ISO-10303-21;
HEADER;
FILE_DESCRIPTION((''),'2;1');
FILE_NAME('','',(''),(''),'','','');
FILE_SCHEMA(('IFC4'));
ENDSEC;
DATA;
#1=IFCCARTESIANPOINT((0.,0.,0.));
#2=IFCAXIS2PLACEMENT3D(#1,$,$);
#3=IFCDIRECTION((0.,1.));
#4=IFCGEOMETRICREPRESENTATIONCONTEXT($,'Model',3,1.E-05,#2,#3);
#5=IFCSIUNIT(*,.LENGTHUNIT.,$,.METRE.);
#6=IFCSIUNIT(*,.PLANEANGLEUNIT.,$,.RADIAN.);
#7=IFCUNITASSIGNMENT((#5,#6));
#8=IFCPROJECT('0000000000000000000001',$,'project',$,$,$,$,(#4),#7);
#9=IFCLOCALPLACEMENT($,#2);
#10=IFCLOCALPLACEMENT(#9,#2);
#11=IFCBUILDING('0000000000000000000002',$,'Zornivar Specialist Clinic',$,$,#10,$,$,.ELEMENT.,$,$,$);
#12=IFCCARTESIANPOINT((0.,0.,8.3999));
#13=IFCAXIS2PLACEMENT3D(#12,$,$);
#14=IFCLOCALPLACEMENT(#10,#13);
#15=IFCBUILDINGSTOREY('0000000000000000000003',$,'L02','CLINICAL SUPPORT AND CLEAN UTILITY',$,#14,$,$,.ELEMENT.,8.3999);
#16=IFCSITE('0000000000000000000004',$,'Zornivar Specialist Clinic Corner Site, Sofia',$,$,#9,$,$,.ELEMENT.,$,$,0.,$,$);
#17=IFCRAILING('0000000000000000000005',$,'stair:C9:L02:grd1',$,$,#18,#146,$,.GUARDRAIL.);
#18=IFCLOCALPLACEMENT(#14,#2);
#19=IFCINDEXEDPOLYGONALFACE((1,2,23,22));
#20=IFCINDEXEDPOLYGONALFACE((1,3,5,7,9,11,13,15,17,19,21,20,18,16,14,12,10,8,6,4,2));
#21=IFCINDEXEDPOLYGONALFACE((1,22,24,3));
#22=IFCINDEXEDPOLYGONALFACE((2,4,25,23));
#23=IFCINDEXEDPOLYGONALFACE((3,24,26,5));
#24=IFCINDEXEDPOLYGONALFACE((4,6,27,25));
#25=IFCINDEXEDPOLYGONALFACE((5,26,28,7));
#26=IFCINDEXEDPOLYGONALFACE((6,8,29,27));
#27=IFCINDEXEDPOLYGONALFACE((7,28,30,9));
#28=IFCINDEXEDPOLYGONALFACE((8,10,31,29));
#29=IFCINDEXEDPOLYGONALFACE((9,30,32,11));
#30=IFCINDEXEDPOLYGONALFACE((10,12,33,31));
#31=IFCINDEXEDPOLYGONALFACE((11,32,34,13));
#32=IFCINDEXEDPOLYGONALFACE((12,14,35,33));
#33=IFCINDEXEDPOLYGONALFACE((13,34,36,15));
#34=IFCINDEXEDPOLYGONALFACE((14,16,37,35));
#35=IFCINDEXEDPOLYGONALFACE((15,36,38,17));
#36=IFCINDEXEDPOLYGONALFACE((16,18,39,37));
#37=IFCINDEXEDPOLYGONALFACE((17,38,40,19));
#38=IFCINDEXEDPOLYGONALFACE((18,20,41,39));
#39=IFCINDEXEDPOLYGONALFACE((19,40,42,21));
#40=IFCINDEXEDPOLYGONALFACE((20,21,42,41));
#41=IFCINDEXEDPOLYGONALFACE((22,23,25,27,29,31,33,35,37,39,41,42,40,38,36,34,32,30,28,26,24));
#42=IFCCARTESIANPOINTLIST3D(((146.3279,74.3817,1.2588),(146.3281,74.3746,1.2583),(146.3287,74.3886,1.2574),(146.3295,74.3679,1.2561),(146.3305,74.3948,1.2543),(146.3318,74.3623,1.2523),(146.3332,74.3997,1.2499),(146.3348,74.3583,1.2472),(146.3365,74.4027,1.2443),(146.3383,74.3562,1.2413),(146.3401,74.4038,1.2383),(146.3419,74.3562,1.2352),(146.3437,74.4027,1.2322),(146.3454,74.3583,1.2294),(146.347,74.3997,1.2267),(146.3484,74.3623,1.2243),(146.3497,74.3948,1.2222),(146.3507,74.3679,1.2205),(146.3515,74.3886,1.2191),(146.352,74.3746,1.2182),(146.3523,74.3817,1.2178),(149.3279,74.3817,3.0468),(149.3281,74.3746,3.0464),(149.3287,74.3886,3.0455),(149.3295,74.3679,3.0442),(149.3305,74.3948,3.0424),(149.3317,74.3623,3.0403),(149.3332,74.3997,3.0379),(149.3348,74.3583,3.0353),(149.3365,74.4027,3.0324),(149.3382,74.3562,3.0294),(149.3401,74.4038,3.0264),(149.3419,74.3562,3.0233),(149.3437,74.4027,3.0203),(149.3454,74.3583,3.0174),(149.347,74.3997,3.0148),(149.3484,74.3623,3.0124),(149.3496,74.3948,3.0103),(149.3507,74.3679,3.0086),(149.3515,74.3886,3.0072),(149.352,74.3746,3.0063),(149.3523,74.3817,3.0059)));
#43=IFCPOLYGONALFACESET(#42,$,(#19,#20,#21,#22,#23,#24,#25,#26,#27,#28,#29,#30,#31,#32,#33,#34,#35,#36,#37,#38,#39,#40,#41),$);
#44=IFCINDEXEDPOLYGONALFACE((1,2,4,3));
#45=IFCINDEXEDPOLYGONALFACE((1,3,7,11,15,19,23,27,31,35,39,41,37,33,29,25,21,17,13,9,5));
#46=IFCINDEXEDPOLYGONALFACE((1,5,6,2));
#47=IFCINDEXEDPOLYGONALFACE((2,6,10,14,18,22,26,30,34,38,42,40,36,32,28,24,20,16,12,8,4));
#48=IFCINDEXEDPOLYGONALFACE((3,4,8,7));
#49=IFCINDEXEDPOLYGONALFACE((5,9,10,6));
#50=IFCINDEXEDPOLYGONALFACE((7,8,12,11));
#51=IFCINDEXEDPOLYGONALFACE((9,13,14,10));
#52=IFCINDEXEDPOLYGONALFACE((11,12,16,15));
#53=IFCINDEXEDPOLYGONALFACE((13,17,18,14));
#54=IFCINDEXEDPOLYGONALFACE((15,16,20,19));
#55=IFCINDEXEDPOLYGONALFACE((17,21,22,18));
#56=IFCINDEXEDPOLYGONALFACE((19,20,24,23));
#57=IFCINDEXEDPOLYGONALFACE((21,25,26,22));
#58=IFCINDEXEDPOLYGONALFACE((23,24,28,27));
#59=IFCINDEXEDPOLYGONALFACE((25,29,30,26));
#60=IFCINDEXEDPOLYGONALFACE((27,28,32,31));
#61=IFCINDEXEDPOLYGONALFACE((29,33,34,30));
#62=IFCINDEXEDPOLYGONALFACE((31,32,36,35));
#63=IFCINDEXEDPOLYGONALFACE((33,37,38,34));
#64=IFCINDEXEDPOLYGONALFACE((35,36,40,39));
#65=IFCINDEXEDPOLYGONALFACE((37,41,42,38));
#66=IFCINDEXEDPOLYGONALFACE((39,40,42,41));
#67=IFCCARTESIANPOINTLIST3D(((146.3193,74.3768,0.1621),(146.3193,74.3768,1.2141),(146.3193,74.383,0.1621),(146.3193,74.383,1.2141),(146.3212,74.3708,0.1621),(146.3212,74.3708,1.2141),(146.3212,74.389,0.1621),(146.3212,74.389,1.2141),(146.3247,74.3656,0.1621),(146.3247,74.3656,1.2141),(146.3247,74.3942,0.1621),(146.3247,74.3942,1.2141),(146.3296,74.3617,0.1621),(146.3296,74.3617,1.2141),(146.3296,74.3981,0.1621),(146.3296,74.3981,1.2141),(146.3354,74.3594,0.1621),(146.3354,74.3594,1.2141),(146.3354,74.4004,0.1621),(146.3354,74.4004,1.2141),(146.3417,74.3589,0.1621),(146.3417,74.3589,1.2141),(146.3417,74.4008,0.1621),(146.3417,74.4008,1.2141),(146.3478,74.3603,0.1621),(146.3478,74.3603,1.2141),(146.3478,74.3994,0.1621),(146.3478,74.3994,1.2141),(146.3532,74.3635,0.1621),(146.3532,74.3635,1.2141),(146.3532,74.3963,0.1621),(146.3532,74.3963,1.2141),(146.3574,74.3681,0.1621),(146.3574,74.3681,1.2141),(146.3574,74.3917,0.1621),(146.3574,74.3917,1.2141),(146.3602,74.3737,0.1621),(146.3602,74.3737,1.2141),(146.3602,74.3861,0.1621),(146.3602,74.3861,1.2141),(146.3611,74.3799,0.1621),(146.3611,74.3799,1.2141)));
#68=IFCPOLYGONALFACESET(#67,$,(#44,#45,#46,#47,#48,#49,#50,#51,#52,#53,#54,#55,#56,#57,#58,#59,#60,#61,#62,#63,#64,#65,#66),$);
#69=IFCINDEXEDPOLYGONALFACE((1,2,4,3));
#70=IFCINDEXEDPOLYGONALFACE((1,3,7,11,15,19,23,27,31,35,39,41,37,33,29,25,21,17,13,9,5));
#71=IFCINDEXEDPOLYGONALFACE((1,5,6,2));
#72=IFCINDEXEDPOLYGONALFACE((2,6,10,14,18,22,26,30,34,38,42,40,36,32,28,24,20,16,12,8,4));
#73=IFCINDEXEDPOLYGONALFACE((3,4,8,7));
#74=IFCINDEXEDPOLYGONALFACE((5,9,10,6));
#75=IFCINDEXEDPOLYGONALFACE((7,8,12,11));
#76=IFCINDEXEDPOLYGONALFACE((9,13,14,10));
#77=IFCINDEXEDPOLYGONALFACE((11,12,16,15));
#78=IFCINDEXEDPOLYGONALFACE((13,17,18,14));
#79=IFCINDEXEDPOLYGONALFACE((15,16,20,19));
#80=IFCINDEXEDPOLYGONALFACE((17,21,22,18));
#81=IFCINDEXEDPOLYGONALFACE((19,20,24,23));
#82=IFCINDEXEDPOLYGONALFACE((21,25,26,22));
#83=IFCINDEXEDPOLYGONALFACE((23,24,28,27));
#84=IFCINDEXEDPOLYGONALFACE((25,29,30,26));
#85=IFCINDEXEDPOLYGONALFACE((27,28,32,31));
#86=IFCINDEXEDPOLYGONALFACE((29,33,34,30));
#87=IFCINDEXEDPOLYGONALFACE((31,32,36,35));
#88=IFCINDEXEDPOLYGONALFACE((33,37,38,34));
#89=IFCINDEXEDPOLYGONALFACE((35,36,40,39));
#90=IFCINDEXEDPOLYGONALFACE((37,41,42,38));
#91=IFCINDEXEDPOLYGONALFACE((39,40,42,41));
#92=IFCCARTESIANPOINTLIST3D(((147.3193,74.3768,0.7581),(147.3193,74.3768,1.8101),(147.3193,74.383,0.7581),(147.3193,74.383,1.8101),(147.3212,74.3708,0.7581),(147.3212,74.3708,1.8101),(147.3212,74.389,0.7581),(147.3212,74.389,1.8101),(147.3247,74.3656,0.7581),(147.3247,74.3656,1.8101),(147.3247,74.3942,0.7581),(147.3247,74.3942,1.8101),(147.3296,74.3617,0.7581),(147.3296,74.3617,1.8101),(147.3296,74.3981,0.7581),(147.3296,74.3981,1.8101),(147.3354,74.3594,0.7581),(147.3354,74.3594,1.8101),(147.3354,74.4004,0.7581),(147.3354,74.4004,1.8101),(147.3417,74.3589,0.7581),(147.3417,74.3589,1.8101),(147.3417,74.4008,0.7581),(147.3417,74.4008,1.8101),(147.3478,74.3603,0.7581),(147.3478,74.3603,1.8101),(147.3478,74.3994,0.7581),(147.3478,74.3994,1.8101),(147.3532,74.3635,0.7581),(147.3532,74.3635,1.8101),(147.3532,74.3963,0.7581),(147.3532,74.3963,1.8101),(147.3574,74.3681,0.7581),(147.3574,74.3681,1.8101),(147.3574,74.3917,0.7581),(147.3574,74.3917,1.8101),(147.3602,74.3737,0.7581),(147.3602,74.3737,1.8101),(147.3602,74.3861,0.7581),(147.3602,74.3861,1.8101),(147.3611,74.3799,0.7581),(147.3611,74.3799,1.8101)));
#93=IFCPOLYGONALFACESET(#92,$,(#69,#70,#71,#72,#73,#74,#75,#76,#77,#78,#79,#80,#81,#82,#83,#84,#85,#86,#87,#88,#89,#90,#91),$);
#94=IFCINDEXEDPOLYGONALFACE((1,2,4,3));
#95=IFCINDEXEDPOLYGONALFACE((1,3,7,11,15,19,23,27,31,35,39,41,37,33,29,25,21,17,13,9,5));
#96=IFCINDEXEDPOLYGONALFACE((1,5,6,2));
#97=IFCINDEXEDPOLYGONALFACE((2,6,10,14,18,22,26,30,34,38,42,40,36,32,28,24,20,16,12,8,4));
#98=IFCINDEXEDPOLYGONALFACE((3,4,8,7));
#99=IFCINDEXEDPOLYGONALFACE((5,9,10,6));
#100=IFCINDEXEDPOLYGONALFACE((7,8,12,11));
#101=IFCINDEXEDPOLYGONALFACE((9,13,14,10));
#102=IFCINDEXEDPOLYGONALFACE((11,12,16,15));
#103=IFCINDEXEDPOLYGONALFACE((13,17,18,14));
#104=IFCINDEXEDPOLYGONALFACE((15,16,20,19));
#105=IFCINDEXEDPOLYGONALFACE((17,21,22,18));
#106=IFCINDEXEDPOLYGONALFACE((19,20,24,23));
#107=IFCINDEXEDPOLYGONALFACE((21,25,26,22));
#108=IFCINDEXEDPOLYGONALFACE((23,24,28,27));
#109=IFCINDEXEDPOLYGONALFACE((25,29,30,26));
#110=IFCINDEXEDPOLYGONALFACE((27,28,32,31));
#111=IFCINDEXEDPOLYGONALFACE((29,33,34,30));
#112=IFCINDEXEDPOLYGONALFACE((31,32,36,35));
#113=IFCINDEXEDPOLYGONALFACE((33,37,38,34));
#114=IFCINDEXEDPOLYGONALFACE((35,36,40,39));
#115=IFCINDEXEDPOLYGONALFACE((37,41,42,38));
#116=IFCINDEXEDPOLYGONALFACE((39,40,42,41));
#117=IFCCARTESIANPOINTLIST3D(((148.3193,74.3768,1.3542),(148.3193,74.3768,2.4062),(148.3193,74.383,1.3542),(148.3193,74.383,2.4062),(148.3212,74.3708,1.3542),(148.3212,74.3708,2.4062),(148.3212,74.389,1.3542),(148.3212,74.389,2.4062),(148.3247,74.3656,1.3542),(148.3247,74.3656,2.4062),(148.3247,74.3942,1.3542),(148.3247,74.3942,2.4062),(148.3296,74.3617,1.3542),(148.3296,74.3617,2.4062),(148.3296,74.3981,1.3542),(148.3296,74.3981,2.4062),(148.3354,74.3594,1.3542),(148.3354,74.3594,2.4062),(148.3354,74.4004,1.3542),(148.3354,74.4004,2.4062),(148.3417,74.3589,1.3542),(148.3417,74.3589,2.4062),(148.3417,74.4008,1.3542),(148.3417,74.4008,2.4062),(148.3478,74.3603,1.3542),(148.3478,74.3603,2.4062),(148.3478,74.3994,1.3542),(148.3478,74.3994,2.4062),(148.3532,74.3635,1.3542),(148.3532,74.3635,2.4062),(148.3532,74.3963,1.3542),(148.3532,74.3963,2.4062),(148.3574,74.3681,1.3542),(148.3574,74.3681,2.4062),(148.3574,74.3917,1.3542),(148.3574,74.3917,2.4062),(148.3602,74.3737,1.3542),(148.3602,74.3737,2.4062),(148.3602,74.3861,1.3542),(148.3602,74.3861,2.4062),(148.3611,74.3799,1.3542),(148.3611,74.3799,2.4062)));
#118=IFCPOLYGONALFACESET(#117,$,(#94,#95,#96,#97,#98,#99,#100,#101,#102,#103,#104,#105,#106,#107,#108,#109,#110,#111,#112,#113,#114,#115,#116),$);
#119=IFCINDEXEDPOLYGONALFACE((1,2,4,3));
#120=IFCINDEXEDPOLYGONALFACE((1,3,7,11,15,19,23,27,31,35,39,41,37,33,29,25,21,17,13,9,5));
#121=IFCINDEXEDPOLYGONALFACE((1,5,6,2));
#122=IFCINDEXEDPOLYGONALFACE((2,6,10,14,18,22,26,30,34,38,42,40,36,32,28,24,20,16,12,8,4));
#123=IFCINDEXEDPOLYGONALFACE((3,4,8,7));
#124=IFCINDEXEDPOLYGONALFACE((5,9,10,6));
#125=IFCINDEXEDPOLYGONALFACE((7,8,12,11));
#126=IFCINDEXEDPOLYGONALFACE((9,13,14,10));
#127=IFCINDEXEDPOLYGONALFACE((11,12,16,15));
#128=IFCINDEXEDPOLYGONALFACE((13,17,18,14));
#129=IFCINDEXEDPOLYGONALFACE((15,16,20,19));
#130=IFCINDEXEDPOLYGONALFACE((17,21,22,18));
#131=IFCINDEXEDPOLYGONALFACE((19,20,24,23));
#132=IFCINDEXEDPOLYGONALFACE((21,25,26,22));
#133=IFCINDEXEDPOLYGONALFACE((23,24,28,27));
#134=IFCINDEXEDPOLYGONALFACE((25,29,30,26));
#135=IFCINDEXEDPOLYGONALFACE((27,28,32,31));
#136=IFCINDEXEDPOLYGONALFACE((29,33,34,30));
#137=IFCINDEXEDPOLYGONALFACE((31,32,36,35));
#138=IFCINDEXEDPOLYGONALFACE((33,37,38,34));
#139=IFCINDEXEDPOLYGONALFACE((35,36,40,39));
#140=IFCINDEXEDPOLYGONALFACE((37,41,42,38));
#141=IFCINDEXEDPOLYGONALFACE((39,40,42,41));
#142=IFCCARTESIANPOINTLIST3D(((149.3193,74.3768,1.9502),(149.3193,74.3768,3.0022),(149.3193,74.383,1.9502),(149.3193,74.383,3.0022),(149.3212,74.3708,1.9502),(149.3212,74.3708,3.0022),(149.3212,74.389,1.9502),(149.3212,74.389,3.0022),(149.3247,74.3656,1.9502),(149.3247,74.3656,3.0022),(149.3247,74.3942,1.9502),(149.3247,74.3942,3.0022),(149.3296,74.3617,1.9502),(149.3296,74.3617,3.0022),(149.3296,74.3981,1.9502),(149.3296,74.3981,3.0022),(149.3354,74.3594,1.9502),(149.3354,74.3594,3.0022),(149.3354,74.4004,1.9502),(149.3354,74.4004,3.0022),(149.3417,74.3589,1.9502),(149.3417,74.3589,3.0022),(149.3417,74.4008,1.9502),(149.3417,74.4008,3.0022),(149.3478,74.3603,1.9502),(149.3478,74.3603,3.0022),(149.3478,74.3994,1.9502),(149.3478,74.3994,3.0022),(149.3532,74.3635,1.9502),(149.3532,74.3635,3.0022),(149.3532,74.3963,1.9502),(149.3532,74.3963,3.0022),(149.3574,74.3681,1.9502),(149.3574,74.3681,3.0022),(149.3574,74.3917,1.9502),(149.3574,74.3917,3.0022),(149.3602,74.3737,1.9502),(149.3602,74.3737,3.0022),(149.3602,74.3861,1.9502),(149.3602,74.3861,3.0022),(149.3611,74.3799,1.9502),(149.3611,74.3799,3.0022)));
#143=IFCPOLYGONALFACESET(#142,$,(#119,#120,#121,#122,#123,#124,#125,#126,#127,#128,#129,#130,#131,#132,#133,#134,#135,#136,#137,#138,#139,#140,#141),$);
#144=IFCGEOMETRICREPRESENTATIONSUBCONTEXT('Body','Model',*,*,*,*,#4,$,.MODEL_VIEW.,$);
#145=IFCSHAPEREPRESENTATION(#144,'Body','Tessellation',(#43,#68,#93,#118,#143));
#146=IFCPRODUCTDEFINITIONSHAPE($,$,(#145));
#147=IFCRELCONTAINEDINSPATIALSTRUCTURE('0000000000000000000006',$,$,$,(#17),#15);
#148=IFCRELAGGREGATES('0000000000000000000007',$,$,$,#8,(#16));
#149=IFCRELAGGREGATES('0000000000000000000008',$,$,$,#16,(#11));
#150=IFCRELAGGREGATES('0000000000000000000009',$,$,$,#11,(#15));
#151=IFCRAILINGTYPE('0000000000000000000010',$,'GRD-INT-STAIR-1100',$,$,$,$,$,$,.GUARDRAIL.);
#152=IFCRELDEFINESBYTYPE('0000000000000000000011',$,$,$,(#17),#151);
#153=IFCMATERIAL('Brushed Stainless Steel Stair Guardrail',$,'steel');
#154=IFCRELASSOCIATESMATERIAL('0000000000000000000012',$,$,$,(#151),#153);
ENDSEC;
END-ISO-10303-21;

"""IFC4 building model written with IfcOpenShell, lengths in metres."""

from ifc_helpers import new_model, si_unit, direction, frame, origin, origin_2d, place, context, subcontext, project, spatial, circle, extrude, material, type_object, element, save


model = new_model("IFC4")

# Units and contexts
model_context = context("Model", 3, precision=1e-05, world=origin(), true_north=direction((0.0, 1.0)))
body_context = subcontext(model_context, "Body", "Model", "MODEL_VIEW")
ifc_project = project(units=[si_unit("LENGTHUNIT", "METRE"), si_unit("PLANEANGLEUNIT", "RADIAN")], contexts=[model_context])

# Site, building, storey
site_placement = place(None, origin())
site = spatial("IfcSite", under=ifc_project, at=site_placement, Name="Zornivar Specialist Clinic Corner Site, Sofia", CompositionType="ELEMENT", RefElevation=0.0)
building_placement = place(site_placement, origin())
building = spatial("IfcBuilding", under=site, at=building_placement, Name="Zornivar Specialist Clinic", CompositionType="ELEMENT")
storey_placement = place(building_placement, frame((0.0, 0.0, 8.3999)))
storey = spatial("IfcBuildingStorey", under=building, at=storey_placement, Name="L02", Description="CLINICAL SUPPORT AND CLEAN UTILITY", CompositionType="ELEMENT", Elevation=8.3999)

# Railing
ifc_material_1 = material(Name="Brushed Stainless Steel Stair Guardrail", Category="steel")
railing_type = type_object("IfcRailingType", Name="GRD-INT-STAIR-1100", PredefinedType="GUARDRAIL", material=ifc_material_1)
railing_1_placement = place(storey_placement, frame((146.3401, 74.3799, 0.1621)))
element("IfcRailing", 1, at=railing_1_placement, inside=storey, type_object=railing_type, Name="stair:C9:L02:grd1", PredefinedType="GUARDRAIL", context=body_context, shape_type="SweptSolid", body=[
    extrude(circle(Radius=0.0239, at=origin_2d()), frame((0.0, 0.0, 1.0762), z_axis=(0.858994, 0.0, 0.511985), x_axis=(0.0, 1.0, 0.0)), (0.0, 0.0, 1.0), 3.4924),
    extrude(circle(Radius=0.021, at=origin_2d()), origin(), (0.0, 0.0, 1.0), 1.052),
    extrude(circle(Radius=0.021, at=origin_2d()), frame((1.0, 0.0, 0.5959)), (0.0, 0.0, 1.0), 1.052),
    extrude(circle(Radius=0.021, at=origin_2d()), frame((2.0, 0.0, 1.1921)), (0.0, 0.0, 1.0), 1.052),
    extrude(circle(Radius=0.021, at=origin_2d()), frame((3.0, 0.0, 1.7881)), (0.0, 0.0, 1.0), 1.052),
])

save(model, "model.ifc")
